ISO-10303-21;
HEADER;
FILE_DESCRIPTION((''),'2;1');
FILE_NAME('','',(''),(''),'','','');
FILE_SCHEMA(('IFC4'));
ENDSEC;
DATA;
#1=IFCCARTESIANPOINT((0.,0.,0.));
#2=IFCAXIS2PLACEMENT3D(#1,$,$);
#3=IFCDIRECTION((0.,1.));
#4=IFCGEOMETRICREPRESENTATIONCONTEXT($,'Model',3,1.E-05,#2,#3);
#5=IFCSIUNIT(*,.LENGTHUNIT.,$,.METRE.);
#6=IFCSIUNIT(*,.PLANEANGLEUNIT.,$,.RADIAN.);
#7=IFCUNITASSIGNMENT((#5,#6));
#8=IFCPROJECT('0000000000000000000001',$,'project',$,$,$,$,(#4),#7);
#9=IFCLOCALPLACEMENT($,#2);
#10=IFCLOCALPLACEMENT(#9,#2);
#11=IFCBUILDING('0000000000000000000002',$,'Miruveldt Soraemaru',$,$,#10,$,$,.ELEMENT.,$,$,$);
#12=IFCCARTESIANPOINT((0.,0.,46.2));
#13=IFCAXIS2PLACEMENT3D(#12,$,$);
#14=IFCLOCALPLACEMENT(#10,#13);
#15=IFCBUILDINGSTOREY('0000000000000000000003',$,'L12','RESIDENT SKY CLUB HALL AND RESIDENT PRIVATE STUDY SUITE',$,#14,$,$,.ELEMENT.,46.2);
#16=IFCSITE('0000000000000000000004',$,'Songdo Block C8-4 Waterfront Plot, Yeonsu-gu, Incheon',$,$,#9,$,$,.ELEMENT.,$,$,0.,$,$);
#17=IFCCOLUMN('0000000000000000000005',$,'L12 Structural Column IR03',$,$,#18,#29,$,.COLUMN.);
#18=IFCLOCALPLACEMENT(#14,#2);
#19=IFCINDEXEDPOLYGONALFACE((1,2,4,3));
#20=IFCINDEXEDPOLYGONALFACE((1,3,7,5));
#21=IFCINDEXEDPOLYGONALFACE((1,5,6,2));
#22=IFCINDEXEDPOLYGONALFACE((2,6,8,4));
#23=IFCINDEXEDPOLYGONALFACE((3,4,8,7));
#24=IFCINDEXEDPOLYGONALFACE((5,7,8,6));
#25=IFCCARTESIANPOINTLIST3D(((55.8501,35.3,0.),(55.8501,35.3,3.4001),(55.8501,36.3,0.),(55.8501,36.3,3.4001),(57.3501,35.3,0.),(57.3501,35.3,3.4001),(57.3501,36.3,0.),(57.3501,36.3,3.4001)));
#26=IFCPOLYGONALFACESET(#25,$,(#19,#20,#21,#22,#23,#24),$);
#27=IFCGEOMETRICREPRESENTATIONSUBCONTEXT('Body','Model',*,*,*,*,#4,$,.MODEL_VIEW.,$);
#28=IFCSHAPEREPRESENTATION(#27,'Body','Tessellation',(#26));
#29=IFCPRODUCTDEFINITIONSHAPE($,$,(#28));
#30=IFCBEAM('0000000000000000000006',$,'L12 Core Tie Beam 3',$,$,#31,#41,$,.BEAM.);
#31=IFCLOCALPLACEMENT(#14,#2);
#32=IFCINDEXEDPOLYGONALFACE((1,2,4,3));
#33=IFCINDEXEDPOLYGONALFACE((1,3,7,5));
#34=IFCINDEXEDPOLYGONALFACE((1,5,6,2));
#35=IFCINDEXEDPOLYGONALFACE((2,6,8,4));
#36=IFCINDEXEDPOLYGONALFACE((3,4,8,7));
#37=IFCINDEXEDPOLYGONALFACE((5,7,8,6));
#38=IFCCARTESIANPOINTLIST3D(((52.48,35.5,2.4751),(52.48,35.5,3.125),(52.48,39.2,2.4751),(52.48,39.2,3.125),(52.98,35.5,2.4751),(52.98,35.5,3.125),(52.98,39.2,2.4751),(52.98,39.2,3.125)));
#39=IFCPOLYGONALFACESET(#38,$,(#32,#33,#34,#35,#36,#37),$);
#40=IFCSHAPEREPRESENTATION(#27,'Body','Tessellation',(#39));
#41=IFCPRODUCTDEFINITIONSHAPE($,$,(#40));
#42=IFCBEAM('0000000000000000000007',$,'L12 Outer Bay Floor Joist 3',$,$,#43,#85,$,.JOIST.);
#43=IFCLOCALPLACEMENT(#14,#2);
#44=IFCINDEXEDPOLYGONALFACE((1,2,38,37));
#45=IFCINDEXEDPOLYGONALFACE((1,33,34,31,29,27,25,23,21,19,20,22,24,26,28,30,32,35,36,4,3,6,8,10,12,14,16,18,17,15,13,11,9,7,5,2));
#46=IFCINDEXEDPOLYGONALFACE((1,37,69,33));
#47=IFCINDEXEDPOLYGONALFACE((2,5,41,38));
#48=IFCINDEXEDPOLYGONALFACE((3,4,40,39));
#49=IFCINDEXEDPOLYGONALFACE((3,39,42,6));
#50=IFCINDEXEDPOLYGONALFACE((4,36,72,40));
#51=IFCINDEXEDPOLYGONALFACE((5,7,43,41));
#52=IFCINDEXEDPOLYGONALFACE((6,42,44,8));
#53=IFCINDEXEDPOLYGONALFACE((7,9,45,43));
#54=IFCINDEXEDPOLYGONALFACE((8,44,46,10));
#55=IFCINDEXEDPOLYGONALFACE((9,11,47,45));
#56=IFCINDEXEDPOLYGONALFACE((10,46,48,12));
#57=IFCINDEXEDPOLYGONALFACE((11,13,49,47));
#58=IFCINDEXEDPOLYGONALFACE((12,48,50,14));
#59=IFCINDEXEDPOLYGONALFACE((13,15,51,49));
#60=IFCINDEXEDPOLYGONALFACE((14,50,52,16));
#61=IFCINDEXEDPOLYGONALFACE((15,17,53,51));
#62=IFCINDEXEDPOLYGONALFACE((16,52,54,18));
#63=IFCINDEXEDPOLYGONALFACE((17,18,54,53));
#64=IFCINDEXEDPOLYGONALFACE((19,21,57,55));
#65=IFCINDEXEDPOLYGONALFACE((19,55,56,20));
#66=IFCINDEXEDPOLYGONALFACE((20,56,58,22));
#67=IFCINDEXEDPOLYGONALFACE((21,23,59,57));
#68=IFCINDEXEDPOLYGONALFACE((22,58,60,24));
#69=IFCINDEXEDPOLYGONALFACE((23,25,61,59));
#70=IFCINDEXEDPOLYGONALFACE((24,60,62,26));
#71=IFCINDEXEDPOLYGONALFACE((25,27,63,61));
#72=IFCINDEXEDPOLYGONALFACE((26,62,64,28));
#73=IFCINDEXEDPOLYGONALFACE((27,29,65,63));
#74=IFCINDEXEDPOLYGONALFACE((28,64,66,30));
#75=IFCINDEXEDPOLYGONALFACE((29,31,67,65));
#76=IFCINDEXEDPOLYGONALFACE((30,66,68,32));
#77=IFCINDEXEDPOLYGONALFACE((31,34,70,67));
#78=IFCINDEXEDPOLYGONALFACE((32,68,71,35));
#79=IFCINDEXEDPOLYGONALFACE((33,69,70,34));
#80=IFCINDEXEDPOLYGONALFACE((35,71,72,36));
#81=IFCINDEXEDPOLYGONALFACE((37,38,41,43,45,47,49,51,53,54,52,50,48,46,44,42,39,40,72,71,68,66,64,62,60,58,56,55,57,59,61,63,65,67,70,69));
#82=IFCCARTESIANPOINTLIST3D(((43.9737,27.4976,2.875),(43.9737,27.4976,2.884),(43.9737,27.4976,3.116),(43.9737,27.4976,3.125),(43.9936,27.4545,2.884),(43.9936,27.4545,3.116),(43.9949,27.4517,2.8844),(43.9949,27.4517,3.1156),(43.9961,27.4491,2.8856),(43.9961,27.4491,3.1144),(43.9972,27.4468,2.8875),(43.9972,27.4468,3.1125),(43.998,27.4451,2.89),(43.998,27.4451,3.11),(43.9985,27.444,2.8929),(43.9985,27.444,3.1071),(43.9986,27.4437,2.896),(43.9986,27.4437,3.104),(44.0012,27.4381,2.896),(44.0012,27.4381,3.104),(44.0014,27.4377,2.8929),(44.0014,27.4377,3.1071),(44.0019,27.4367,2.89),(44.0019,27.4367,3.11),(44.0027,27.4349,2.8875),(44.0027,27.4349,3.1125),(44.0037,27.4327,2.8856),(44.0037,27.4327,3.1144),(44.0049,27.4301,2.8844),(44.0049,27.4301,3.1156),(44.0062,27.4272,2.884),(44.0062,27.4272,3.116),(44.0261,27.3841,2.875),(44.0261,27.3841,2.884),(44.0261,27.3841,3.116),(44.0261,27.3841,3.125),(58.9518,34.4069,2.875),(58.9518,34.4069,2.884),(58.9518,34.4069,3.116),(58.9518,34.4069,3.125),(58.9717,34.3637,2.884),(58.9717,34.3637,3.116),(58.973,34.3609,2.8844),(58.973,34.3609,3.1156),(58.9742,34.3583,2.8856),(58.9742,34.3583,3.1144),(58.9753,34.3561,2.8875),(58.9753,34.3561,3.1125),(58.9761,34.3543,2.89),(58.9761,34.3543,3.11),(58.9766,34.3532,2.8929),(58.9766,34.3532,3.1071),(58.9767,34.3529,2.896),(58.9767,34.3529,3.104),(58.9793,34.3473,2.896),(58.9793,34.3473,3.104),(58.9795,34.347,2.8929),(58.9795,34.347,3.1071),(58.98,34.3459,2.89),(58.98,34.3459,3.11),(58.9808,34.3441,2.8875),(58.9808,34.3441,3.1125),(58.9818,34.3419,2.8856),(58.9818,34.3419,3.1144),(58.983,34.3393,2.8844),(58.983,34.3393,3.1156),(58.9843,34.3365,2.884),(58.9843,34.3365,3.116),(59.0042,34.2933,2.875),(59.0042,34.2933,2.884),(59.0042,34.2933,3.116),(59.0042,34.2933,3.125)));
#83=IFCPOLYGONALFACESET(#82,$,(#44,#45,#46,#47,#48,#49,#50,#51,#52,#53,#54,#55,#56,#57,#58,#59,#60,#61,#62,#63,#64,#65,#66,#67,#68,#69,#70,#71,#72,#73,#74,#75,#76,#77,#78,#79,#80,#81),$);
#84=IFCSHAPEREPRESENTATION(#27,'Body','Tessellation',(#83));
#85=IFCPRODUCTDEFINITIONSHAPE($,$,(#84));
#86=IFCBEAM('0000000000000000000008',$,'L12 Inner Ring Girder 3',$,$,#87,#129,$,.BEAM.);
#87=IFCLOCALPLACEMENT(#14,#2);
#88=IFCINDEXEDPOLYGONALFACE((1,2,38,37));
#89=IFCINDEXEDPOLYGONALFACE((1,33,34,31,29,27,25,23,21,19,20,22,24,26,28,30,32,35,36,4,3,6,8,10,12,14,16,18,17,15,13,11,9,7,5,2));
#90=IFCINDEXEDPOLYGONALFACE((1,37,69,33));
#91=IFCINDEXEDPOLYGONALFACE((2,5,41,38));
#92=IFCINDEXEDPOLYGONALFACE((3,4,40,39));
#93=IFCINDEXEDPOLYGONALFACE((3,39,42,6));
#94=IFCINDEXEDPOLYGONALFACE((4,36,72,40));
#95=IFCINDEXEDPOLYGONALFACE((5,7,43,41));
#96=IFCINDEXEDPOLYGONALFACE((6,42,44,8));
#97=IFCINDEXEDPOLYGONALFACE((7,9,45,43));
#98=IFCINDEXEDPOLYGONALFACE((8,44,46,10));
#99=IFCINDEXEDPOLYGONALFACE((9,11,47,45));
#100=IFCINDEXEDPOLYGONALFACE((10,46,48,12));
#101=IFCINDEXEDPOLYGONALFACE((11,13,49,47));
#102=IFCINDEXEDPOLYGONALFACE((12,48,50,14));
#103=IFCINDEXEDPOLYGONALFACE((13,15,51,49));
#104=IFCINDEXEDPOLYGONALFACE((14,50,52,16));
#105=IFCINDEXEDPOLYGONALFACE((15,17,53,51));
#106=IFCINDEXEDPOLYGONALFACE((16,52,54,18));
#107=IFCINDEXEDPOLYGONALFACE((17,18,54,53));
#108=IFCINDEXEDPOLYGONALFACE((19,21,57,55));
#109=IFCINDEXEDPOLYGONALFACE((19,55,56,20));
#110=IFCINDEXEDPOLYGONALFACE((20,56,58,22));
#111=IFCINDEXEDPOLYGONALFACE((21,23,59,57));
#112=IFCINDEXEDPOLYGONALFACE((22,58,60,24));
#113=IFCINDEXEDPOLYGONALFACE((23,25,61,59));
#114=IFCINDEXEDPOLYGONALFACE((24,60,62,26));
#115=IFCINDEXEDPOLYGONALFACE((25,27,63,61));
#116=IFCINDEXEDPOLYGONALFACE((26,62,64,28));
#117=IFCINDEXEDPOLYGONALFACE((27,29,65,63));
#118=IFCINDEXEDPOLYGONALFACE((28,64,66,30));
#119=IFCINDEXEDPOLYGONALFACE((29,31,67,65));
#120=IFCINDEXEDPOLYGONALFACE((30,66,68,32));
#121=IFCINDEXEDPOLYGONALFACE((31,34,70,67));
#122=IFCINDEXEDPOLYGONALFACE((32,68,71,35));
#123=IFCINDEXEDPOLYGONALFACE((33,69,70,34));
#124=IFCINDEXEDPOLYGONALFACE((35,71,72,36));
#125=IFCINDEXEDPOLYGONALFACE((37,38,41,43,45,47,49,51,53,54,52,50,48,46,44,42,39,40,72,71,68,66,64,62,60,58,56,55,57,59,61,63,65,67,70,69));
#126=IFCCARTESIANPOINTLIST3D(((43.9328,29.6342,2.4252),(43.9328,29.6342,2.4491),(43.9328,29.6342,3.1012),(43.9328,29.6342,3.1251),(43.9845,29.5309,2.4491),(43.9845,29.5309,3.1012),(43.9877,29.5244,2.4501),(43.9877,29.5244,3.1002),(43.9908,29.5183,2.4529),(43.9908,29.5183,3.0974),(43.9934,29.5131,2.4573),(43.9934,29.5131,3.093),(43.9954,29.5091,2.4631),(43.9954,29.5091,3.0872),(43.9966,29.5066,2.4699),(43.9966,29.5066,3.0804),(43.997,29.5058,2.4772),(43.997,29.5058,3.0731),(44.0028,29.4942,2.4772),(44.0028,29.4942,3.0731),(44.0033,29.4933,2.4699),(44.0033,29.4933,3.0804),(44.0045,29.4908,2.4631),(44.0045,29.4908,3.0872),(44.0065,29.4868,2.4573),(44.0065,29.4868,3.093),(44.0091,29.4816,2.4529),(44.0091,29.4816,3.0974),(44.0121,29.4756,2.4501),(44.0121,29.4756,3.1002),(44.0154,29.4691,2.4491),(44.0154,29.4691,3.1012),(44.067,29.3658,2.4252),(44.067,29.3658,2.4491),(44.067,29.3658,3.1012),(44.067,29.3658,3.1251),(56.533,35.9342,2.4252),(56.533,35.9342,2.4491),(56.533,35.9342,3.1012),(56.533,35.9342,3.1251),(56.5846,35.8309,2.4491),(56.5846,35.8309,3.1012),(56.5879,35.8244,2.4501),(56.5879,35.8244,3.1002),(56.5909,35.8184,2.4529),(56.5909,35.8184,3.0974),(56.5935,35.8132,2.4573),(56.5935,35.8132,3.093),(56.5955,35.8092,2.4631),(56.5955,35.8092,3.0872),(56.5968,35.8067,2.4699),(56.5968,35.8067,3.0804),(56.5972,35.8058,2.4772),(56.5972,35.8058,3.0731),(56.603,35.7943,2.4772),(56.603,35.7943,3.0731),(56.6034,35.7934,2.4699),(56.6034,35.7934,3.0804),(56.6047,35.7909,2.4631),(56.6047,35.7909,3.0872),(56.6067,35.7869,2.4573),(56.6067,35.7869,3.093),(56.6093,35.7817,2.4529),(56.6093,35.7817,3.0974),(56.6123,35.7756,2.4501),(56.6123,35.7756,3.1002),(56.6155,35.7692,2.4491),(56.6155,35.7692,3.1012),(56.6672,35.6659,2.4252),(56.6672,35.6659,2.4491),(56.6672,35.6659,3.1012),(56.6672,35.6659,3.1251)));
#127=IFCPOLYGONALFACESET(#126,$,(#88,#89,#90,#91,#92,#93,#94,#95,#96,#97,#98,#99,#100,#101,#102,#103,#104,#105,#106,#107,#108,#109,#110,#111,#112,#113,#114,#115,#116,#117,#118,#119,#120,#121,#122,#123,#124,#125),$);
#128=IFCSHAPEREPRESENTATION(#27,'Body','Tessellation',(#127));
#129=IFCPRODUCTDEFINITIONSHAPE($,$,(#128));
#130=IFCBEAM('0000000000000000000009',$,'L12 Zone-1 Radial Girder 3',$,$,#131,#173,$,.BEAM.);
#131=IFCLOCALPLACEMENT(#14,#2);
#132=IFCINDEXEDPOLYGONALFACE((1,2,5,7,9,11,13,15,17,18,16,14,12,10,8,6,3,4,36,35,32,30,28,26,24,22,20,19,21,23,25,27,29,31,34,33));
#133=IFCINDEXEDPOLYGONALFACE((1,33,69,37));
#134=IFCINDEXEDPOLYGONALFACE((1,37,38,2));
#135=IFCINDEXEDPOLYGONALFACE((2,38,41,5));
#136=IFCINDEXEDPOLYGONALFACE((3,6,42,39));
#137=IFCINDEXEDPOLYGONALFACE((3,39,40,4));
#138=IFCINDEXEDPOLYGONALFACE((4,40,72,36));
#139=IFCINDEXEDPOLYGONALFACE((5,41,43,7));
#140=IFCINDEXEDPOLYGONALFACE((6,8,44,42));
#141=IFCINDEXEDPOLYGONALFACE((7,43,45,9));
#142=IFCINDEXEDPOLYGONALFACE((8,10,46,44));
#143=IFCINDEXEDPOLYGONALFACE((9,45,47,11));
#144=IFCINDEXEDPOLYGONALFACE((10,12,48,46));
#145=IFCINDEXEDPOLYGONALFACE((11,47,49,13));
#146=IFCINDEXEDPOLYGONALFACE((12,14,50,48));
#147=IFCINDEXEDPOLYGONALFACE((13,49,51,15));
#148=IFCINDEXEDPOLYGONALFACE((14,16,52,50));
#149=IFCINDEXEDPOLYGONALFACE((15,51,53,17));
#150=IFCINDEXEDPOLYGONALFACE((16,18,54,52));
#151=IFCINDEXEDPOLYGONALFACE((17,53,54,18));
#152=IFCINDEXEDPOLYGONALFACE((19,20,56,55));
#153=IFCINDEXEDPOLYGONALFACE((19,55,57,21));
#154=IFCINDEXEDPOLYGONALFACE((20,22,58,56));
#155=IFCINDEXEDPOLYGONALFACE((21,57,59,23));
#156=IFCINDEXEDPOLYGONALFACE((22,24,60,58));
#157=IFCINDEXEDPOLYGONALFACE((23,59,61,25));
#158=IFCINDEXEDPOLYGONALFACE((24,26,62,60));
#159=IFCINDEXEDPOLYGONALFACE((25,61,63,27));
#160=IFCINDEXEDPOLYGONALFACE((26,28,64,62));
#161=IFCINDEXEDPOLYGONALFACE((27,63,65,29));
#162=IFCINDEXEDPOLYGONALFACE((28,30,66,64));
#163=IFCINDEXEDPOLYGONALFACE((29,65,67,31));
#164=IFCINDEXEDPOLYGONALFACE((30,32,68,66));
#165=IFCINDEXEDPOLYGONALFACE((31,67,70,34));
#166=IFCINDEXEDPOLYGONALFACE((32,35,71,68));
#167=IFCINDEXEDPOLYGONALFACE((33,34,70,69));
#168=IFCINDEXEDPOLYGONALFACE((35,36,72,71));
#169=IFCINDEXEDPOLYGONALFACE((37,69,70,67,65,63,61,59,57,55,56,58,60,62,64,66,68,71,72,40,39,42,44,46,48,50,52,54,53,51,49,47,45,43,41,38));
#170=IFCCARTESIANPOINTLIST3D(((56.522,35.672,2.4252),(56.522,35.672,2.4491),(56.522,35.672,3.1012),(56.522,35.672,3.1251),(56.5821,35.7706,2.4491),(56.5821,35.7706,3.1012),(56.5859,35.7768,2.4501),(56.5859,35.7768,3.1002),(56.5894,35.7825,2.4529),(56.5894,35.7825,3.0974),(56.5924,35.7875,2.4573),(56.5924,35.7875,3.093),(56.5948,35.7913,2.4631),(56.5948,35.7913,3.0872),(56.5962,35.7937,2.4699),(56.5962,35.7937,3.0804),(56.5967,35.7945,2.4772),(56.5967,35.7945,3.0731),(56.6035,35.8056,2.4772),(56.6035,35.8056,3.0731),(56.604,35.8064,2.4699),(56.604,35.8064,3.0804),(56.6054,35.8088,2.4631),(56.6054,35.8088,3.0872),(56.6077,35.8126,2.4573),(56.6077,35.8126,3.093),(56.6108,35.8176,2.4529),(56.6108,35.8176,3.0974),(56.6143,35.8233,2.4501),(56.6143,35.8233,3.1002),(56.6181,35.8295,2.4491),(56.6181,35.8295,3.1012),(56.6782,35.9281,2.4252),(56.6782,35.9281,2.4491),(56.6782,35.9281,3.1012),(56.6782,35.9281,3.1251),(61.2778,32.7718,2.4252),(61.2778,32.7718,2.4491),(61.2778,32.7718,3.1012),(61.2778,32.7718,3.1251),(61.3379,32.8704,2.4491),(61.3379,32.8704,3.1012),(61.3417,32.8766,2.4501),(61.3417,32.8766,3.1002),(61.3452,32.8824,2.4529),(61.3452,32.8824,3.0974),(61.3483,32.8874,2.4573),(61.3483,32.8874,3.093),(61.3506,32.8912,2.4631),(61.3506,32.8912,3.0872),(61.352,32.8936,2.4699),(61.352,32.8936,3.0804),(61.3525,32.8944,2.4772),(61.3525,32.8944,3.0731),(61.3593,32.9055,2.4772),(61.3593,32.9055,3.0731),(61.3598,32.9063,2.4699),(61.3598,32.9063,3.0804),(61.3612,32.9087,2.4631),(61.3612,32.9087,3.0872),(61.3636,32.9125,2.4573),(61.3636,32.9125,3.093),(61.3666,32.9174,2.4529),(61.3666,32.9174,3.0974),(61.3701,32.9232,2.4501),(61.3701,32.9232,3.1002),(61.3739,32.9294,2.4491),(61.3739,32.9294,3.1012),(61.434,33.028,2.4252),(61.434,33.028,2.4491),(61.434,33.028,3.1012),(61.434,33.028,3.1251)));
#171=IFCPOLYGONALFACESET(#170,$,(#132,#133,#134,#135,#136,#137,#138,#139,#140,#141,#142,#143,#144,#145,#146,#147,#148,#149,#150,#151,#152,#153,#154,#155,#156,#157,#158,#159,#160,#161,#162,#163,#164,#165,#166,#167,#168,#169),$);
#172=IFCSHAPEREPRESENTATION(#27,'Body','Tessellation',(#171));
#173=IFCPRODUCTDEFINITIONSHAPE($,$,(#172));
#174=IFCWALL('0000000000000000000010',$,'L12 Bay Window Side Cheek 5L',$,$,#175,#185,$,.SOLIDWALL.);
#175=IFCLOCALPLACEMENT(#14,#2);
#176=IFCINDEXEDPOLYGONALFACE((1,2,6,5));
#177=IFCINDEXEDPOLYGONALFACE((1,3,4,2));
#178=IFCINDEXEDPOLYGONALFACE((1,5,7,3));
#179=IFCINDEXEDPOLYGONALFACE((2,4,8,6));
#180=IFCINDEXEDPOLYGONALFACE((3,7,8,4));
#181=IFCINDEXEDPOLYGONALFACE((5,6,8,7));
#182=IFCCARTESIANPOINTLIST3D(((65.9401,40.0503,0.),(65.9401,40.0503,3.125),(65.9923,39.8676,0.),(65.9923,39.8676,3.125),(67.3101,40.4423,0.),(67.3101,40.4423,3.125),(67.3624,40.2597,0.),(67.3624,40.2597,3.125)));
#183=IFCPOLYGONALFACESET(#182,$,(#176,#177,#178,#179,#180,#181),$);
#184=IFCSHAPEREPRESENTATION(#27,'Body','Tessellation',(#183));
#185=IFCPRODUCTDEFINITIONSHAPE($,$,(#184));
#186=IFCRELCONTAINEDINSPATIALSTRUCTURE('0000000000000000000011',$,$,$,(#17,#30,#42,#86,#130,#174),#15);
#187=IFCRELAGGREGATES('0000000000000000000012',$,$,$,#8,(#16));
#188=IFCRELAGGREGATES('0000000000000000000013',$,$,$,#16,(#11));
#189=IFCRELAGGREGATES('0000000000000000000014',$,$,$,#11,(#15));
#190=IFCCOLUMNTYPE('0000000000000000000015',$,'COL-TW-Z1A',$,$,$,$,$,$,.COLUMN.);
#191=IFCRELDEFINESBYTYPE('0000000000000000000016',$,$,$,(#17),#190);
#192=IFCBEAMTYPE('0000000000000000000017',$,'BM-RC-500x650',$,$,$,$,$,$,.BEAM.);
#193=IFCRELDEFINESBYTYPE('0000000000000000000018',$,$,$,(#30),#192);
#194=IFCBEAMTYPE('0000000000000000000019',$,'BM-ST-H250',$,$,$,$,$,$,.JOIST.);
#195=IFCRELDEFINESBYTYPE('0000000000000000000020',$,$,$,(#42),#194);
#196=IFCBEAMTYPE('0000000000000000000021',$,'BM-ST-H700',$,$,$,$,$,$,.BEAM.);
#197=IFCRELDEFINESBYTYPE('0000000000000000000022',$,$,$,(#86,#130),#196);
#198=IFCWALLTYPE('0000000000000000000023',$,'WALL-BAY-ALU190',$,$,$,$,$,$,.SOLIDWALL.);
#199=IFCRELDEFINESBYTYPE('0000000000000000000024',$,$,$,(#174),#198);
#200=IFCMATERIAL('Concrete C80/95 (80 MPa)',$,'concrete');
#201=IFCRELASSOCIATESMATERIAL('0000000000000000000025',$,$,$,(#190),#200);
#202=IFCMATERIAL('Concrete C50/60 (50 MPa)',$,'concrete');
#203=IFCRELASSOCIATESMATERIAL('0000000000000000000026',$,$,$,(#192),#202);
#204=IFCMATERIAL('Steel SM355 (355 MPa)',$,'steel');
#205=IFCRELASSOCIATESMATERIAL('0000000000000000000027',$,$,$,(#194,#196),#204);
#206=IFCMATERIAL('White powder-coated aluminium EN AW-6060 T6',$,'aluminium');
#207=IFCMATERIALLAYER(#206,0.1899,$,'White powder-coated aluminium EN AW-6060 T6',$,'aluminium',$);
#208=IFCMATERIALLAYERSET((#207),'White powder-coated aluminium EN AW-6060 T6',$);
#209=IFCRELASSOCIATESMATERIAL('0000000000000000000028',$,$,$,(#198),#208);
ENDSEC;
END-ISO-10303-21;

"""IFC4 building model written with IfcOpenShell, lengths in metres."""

from ifc_helpers import new_model, si_unit, direction, frame, frame_2d, origin, origin_2d, place, context, subcontext, project, spatial, rectangle, i_section, extrude, material, layer, layer_set, material_profile, profile_set, type_object, element, save


model = new_model("IFC4")

# Units and contexts
model_context = context("Model", 3, precision=1e-05, world=origin(), true_north=direction((0.0, 1.0)))
body_context = subcontext(model_context, "Body", "Model", "MODEL_VIEW")
ifc_project = project(units=[si_unit("LENGTHUNIT", "METRE"), si_unit("PLANEANGLEUNIT", "RADIAN")], contexts=[model_context])

# Site, building, storey
site_placement = place(None, origin())
site = spatial("IfcSite", under=ifc_project, at=site_placement, Name="Songdo Block C8-4 Waterfront Plot, Yeonsu-gu, Incheon", CompositionType="ELEMENT", RefElevation=0.0)
building_placement = place(site_placement, origin())
building = spatial("IfcBuilding", under=site, at=building_placement, Name="Miruveldt Soraemaru", CompositionType="ELEMENT")
storey_placement = place(building_placement, frame((0.0, 0.0, 46.2)))
storey = spatial("IfcBuildingStorey", under=building, at=storey_placement, Name="L12", Description="RESIDENT SKY CLUB HALL AND RESIDENT PRIVATE STUDY SUITE", CompositionType="ELEMENT", Elevation=46.2)

# Column
ifc_material_1 = material(Name="Concrete C80/95 (80 MPa)", Category="concrete")
ifc_material_profile_1 = material_profile(ifc_material_1, rectangle(XDim=1.5, YDim=1.0, at=origin_2d()), Name="Concrete C80/95 (80 MPa)", Category="concrete")
ifc_profile_set_1 = profile_set([ifc_material_profile_1], Name="Concrete C80/95 (80 MPa)")
column_type = type_object("IfcColumnType", Name="COL-TW-Z1A", PredefinedType="COLUMN", material=ifc_profile_set_1)
column_placement = place(storey_placement, frame((56.6001, 35.8, 0.0), z_axis=(0.0, 0.0, 1.0), x_axis=(1.0, 0.0, 0.0)))
element("IfcColumn", 1, at=column_placement, inside=storey, type_object=column_type, Name="L12 Structural Column IR03", PredefinedType="COLUMN", context=body_context, shape_type="SweptSolid", body=[
    extrude(rectangle(XDim=1.5, YDim=1.0, at=origin_2d()), origin(), (0.0, 0.0, 1.0), 3.4001),
])

# Beams
ifc_material_2 = material(Name="Concrete C50/60 (50 MPa)", Category="concrete")
ifc_material_profile_2 = material_profile(ifc_material_2, rectangle(XDim=0.5, YDim=0.6499, at=origin_2d()), Name="Concrete C50/60 (50 MPa)", Category="concrete")
ifc_profile_set_2 = profile_set([ifc_material_profile_2], Name="Concrete C50/60 (50 MPa)")
beam_type_1 = type_object("IfcBeamType", Name="BM-RC-500x650", PredefinedType="BEAM", material=ifc_profile_set_2)
beam_1_placement = place(storey_placement, frame((52.73, 35.5, 2.8), z_axis=(0.0, 1.0, 0.0), x_axis=(-1.0, 0.0, 0.0)))
element("IfcBeam", 2, at=beam_1_placement, inside=storey, type_object=beam_type_1, Name="L12 Core Tie Beam 3", PredefinedType="BEAM", context=body_context, shape_type="SweptSolid", body=[
    extrude(rectangle(XDim=0.5, YDim=0.6499, at=origin_2d()), origin(), (0.0, 0.0, 1.0), 3.7),
])
ifc_material_3 = material(Name="Steel SM355 (355 MPa)", Category="steel")
ifc_material_profile_3 = material_profile(ifc_material_3, i_section(OverallWidth=0.125, OverallDepth=0.25, WebThickness=0.0061, FlangeThickness=0.009, FilletRadius=0.012, at=origin_2d()), Name="Steel SM355 (355 MPa)", Category="steel")
ifc_profile_set_3 = profile_set([ifc_material_profile_3], Name="Steel SM355 (355 MPa)")
beam_type_2 = type_object("IfcBeamType", Name="BM-ST-H250", PredefinedType="JOIST", material=ifc_profile_set_3)
beam_2_placement = place(storey_placement, frame((58.978, 34.3501, 3.0), z_axis=(-0.908046, -0.41887, 0.0), x_axis=(0.41887, -0.908046, 0.0)))
element("IfcBeam", 3, at=beam_2_placement, inside=storey, type_object=beam_type_2, Name="L12 Outer Bay Floor Joist 3", PredefinedType="JOIST", context=body_context, shape_type="SweptSolid", body=[
    extrude(i_section(OverallWidth=0.125, OverallDepth=0.25, WebThickness=0.0061, FlangeThickness=0.009, FilletRadius=0.012, at=origin_2d()), origin(), (0.0, 0.0, 1.0), 16.4949),
])
ifc_material_profile_4 = material_profile(ifc_material_3, i_section(OverallWidth=0.3, OverallDepth=0.7, WebThickness=0.0129, FlangeThickness=0.0239, FilletRadius=0.0281, at=origin_2d()), Name="Steel SM355 (355 MPa)", Category="steel")
ifc_profile_set_4 = profile_set([ifc_material_profile_4], Name="Steel SM355 (355 MPa)")
beam_type_3 = type_object("IfcBeamType", Name="BM-ST-H700", PredefinedType="BEAM", material=ifc_profile_set_4)
beam_3_placement = place(storey_placement, frame((56.6001, 35.8, 2.7751), z_axis=(-0.894427, -0.447214, 0.0), x_axis=(0.447214, -0.894427, 0.0)))
element("IfcBeam", 4, at=beam_3_placement, inside=storey, type_object=beam_type_3, Name="L12 Inner Ring Girder 3", PredefinedType="BEAM", context=body_context, shape_type="SweptSolid", body=[
    extrude(i_section(OverallWidth=0.3, OverallDepth=0.7, WebThickness=0.0129, FlangeThickness=0.0239, FilletRadius=0.0281, at=origin_2d()), origin(), (0.0, 0.0, 1.0), 14.0874),
])
beam_4_placement = place(storey_placement, frame((56.6001, 35.8, 2.7751), z_axis=(0.853778, -0.520638, 0.0), x_axis=(0.520638, 0.853778, 0.0)))
element("IfcBeam", 5, at=beam_4_placement, inside=storey, type_object=beam_type_3, Name="L12 Zone-1 Radial Girder 3", PredefinedType="BEAM", context=body_context, shape_type="SweptSolid", body=[
    extrude(i_section(OverallWidth=0.3, OverallDepth=0.7, WebThickness=0.0129, FlangeThickness=0.0239, FilletRadius=0.0281, at=origin_2d()), origin(), (0.0, 0.0, 1.0), 5.5703),
])

# Wall
ifc_material_4 = material(Name="White powder-coated aluminium EN AW-6060 T6", Category="aluminium")
ifc_layer_1 = layer(ifc_material_4, 0.1899, Name="White powder-coated aluminium EN AW-6060 T6", Category="aluminium")
ifc_layer_set_1 = layer_set([ifc_layer_1], Name="White powder-coated aluminium EN AW-6060 T6")
wall_type_1 = type_object("IfcWallType", Name="WALL-BAY-ALU190", PredefinedType="SOLIDWALL", material=ifc_layer_set_1)
wall_1_placement = place(storey_placement, frame((65.9663, 39.959, 0.0), z_axis=(0.0, 0.0, 1.0), x_axis=(0.961407, 0.275128, 0.0)))
element("IfcWall", 6, at=wall_1_placement, inside=storey, type_object=wall_type_1, Name="L12 Bay Window Side Cheek 5L", PredefinedType="SOLIDWALL", context=body_context, shape_type="SweptSolid", body=[
    extrude(rectangle(XDim=1.425, YDim=0.1899, at=frame_2d((0.7124, 0.0))), origin(), (0.0, 0.0, 1.0), 3.125),
])

save(model, "model.ifc")
